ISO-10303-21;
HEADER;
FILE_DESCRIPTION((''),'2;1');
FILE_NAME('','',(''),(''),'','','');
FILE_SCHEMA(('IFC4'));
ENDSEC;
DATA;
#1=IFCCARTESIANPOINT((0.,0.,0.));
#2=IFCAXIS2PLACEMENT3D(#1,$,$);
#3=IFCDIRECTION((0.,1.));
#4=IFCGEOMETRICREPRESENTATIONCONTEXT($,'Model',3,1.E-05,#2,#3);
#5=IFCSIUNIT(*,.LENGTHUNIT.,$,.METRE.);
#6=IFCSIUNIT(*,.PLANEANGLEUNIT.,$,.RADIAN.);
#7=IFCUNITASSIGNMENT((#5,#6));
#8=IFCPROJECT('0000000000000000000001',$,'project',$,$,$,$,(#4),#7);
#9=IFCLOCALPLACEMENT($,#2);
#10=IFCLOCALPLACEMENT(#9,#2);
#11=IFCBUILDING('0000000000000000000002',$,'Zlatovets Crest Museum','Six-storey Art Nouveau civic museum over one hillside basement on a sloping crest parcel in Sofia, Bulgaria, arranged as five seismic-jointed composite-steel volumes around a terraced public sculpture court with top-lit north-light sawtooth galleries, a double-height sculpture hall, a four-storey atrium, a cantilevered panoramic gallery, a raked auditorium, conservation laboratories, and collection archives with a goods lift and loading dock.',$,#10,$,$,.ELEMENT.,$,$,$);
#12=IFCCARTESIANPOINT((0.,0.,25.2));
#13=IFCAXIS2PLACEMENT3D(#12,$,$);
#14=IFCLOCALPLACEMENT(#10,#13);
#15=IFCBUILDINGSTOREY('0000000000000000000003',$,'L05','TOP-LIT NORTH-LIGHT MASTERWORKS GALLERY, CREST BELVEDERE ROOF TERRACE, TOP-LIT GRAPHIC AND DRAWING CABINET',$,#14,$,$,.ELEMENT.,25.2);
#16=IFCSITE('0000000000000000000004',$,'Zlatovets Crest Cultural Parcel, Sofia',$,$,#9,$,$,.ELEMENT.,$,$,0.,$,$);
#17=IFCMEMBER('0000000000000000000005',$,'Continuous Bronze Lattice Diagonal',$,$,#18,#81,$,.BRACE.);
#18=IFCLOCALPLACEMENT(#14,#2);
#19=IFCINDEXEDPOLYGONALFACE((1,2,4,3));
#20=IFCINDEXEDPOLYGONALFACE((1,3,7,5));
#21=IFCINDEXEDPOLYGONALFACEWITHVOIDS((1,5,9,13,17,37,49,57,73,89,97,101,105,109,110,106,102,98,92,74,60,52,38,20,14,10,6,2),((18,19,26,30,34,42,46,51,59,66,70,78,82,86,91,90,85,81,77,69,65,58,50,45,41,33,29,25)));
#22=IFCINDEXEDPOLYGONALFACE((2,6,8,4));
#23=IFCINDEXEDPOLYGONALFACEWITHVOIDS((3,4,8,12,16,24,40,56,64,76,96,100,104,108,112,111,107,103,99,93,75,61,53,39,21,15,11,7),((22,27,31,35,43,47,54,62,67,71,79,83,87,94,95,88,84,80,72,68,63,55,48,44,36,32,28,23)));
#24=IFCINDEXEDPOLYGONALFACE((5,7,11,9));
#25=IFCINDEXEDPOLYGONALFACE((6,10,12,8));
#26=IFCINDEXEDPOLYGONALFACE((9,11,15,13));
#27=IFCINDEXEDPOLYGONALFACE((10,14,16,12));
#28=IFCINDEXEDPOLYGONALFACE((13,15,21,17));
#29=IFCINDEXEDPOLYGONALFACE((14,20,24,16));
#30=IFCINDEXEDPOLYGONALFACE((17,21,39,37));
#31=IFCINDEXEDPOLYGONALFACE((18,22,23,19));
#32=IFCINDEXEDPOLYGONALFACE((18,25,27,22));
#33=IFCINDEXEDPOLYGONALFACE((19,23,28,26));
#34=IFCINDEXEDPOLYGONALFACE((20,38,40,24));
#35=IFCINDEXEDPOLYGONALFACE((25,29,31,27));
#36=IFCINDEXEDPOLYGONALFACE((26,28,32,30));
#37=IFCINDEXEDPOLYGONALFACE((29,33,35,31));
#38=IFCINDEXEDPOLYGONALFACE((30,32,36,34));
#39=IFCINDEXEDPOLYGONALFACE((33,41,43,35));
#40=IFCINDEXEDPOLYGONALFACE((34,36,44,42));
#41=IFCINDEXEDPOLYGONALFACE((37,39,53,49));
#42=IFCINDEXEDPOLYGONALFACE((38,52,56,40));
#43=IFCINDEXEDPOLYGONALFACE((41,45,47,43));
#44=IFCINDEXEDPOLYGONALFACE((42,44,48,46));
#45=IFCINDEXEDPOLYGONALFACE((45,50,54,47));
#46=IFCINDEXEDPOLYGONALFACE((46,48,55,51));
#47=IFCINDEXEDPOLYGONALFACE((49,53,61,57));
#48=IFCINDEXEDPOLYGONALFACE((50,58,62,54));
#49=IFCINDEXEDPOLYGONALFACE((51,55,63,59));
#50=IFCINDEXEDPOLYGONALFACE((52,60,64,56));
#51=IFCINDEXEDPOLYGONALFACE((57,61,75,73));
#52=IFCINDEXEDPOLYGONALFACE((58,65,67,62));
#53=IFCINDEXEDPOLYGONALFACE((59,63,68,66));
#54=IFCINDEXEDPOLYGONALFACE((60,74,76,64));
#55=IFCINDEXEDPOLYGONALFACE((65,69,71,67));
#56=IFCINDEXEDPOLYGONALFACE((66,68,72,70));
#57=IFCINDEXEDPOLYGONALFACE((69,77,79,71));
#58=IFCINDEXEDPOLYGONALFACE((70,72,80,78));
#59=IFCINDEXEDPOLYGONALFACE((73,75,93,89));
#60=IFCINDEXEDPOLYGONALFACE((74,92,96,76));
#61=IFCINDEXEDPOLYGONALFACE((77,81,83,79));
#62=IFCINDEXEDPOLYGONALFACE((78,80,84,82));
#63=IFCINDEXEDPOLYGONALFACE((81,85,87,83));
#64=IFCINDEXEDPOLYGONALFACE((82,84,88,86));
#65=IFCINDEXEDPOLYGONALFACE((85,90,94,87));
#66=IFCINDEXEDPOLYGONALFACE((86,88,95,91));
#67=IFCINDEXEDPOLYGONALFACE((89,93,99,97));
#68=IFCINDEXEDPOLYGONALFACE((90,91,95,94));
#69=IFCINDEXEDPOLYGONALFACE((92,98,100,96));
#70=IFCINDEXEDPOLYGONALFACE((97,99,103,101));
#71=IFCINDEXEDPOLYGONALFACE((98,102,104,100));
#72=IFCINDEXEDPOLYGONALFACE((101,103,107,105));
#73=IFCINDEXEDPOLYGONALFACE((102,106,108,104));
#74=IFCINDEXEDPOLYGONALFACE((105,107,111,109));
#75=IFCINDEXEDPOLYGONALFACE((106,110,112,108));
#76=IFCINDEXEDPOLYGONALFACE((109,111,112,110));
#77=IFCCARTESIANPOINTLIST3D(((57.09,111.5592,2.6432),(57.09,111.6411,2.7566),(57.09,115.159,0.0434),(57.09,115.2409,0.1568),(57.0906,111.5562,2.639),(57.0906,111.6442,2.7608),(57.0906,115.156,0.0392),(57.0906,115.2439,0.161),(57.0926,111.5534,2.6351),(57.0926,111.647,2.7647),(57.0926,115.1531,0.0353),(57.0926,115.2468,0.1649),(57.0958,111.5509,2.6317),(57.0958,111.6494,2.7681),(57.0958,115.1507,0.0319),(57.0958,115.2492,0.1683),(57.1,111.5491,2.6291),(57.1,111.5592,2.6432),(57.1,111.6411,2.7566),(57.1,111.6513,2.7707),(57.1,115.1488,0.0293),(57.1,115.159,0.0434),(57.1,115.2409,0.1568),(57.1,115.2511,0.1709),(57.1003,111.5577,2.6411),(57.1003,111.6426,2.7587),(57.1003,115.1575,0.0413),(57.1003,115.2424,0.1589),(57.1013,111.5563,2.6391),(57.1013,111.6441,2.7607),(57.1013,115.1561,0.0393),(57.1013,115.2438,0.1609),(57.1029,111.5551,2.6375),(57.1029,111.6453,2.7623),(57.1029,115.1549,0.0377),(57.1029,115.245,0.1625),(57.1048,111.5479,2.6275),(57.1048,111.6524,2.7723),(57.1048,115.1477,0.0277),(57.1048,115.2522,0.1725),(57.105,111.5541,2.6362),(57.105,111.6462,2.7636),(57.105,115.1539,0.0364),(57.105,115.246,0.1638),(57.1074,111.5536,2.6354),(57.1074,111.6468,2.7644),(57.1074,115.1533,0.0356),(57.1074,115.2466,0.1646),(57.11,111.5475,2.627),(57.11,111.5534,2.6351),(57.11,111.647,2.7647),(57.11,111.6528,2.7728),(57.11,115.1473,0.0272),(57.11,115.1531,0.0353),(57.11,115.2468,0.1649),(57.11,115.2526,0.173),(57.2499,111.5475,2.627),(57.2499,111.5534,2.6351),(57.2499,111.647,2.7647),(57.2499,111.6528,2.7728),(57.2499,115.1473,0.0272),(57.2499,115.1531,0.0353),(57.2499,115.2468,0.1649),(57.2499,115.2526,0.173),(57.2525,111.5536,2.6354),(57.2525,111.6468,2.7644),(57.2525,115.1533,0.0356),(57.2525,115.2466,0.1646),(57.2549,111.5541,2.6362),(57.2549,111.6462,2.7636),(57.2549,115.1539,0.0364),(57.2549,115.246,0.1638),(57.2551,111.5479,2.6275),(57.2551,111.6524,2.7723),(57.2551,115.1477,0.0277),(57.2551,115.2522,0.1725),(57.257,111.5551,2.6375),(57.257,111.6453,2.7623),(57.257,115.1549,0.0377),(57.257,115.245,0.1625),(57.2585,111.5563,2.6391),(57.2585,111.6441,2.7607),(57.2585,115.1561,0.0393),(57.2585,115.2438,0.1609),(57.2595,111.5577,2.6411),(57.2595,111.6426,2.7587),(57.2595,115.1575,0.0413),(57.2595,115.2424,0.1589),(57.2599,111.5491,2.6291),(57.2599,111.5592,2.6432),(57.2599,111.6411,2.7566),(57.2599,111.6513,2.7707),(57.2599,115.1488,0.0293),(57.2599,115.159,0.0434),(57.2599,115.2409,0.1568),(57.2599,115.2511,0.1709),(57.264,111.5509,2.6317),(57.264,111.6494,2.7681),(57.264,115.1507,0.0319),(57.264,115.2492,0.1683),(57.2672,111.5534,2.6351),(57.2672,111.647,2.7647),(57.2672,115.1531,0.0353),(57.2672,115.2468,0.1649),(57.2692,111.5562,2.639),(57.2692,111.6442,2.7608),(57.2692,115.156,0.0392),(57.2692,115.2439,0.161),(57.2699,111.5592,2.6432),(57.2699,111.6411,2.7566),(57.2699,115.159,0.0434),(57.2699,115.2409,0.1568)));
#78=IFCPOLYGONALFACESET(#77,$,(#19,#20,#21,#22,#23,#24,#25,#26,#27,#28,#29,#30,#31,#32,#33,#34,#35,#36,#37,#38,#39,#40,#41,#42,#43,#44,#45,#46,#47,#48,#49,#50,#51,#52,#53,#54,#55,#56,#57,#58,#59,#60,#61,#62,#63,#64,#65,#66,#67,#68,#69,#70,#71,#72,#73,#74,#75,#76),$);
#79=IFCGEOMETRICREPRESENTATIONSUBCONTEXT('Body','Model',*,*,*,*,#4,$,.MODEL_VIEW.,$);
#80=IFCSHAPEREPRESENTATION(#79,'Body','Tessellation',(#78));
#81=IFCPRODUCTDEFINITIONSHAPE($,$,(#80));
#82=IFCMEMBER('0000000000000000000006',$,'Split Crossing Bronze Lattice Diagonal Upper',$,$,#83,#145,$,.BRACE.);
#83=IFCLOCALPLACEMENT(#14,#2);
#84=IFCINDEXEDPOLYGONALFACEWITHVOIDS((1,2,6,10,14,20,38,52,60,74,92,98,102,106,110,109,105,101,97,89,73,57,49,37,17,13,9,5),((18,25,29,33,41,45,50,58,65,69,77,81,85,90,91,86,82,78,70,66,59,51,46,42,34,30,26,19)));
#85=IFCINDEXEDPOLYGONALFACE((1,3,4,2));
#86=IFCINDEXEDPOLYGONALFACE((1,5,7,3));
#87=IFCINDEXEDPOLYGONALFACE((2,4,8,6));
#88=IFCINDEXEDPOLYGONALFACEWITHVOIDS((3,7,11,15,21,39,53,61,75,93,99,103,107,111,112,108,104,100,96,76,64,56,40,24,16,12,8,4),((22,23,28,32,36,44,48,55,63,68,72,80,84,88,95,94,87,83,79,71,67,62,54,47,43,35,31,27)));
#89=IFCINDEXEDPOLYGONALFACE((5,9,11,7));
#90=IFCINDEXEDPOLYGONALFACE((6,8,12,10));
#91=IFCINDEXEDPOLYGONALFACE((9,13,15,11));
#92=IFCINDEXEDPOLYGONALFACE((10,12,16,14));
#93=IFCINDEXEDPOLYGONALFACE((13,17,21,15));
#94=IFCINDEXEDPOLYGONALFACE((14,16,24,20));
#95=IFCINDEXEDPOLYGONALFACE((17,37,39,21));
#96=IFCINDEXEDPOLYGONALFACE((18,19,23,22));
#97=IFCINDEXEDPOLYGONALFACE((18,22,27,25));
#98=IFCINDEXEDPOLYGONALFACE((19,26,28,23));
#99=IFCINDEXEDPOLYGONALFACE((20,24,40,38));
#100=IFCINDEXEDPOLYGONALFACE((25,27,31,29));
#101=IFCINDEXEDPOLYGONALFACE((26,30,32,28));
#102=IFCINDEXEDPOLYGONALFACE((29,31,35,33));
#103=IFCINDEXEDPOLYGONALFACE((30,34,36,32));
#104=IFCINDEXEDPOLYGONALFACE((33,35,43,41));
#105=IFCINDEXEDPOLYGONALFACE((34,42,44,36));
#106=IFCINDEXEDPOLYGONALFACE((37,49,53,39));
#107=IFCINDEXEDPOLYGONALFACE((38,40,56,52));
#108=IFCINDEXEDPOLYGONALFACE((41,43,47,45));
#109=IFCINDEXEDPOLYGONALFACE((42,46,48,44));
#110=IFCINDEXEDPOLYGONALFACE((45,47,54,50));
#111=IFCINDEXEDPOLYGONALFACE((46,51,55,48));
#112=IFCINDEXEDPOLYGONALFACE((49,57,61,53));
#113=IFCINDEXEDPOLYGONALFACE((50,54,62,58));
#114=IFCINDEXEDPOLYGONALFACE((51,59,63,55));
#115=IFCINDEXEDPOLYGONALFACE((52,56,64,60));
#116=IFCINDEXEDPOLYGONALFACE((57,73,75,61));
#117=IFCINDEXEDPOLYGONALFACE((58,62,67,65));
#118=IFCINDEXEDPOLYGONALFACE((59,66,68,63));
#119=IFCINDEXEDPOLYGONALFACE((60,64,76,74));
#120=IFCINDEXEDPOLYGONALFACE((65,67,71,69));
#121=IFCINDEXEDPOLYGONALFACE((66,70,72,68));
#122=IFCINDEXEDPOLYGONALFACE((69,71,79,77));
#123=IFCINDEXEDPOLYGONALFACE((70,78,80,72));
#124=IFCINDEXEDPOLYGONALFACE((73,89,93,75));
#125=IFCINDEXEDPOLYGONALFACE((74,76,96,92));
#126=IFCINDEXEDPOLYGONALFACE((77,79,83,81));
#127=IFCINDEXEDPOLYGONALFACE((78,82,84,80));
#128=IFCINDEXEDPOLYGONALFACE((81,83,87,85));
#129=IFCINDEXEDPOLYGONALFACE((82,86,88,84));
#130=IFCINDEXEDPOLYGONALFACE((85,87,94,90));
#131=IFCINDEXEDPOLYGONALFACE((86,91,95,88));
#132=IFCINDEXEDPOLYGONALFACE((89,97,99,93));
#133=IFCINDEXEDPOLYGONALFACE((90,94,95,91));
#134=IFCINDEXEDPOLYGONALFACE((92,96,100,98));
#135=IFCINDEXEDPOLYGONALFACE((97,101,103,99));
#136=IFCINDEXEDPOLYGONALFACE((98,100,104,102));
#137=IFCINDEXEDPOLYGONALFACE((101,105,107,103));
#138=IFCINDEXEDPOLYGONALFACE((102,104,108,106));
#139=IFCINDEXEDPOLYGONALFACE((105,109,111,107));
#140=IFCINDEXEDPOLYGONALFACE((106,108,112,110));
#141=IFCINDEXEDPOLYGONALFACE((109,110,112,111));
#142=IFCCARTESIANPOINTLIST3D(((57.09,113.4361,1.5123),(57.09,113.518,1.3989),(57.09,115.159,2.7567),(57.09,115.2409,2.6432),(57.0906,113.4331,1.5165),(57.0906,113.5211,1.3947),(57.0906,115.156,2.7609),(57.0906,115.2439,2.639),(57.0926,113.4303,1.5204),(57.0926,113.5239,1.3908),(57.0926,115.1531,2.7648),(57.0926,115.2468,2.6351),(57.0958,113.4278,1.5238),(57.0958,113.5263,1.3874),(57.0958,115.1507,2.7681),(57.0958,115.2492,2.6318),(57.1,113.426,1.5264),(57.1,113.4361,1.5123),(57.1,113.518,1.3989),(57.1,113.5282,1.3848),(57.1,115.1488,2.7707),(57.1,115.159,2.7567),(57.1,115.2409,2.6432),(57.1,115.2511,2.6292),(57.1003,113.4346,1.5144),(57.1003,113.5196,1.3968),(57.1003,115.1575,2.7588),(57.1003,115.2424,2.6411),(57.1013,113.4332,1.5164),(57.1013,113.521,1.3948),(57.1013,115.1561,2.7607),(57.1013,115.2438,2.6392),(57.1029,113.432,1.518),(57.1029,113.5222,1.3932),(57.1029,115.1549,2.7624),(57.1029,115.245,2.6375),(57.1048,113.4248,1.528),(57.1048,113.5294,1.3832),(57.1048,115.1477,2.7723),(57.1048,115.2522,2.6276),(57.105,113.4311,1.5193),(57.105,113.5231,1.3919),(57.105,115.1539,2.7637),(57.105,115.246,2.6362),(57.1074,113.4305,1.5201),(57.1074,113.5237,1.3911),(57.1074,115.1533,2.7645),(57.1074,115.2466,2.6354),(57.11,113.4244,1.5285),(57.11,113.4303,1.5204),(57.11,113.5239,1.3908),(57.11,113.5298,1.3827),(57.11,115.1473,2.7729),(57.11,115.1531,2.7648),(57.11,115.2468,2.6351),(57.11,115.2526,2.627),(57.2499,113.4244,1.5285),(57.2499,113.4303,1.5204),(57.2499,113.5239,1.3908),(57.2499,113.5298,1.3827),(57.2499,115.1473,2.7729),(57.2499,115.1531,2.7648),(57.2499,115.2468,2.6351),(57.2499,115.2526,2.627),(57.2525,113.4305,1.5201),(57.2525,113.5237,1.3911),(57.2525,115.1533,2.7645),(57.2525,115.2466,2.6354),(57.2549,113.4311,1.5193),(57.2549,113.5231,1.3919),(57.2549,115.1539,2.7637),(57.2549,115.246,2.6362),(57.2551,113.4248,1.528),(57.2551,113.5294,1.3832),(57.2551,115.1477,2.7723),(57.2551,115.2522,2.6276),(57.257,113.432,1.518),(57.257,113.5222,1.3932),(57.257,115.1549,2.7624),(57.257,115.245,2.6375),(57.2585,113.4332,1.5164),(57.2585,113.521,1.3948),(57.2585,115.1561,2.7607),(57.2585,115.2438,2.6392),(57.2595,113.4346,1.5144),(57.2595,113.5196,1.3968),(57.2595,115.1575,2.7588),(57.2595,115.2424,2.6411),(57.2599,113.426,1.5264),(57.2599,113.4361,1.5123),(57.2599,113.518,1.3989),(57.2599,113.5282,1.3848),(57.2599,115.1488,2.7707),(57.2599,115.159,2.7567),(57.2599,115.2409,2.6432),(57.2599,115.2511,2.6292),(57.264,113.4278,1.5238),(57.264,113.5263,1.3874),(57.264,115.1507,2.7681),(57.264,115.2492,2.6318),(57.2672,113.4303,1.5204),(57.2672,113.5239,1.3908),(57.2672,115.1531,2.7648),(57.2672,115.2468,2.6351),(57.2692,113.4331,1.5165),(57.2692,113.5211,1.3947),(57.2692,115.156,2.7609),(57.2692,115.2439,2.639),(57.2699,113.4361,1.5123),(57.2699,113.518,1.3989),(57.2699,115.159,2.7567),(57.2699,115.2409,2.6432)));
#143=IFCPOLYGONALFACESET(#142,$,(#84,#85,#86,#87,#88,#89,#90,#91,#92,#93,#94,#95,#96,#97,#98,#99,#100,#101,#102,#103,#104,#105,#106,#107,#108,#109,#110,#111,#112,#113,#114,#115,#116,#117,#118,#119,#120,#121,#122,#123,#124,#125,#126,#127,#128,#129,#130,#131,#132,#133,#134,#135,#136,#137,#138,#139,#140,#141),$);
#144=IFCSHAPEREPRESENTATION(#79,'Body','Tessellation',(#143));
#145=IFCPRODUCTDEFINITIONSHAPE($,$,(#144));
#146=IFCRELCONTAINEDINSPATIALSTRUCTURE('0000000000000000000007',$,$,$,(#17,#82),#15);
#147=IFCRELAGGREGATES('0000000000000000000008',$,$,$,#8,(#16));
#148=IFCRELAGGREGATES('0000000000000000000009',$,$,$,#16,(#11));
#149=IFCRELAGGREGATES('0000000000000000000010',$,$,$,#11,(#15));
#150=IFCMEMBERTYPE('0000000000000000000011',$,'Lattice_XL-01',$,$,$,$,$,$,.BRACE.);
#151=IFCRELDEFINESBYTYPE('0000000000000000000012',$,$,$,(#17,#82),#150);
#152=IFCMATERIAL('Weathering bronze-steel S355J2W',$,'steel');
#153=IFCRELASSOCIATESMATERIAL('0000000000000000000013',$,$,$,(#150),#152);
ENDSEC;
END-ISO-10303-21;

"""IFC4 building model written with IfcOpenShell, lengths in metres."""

from ifc_helpers import new_model, si_unit, direction, frame, origin, origin_2d, place, context, subcontext, project, spatial, hollow_rectangle, extrude, material, material_profile, profile_set, type_object, element, save


model = new_model("IFC4")

# Units and contexts
model_context = context("Model", 3, precision=1e-05, world=origin(), true_north=direction((0.0, 1.0)))
body_context = subcontext(model_context, "Body", "Model", "MODEL_VIEW")
ifc_project = project(units=[si_unit("LENGTHUNIT", "METRE"), si_unit("PLANEANGLEUNIT", "RADIAN")], contexts=[model_context])

# Site, building, storey
site_placement = place(None, origin())
site = spatial("IfcSite", under=ifc_project, at=site_placement, Name="Zlatovets Crest Cultural Parcel, Sofia", CompositionType="ELEMENT", RefElevation=0.0)
building_placement = place(site_placement, origin())
building = spatial("IfcBuilding", under=site, at=building_placement, Name="Zlatovets Crest Museum", Description="Six-storey Art Nouveau civic museum over one hillside basement on a sloping crest parcel in Sofia, Bulgaria, arranged as five seismic-jointed composite-steel volumes around a terraced public sculpture court with top-lit north-light sawtooth galleries, a double-height sculpture hall, a four-storey atrium, a cantilevered panoramic gallery, a raked auditorium, conservation laboratories, and collection archives with a goods lift and loading dock.", CompositionType="ELEMENT")
storey_placement = place(building_placement, frame((0.0, 0.0, 25.2)))
storey = spatial("IfcBuildingStorey", under=building, at=storey_placement, Name="L05", Description="TOP-LIT NORTH-LIGHT MASTERWORKS GALLERY, CREST BELVEDERE ROOF TERRACE, TOP-LIT GRAPHIC AND DRAWING CABINET", CompositionType="ELEMENT", Elevation=25.2)

# Members
ifc_material_1 = material(Name="Weathering bronze-steel S355J2W", Category="steel")
ifc_material_profile_1 = material_profile(ifc_material_1, hollow_rectangle(XDim=0.1799, YDim=0.1799, WallThickness=0.01, InnerFilletRadius=0.01, OuterFilletRadius=0.02, at=origin_2d()), Name="SHS 180x180x10.0")
ifc_profile_set_1 = profile_set([ifc_material_profile_1], Name="Weathering bronze-steel S355J2W")
member_type_1 = type_object("IfcMemberType", Name="Lattice_XL-01", PredefinedType="BRACE", material=ifc_profile_set_1)
member_1_placement = place(storey_placement, frame((57.1799, 115.2, 0.1001), z_axis=(0.0, -0.810684, 0.585485), x_axis=(1.0, 0.0, 0.0)))
element("IfcMember", 1, at=member_1_placement, inside=storey, type_object=member_type_1, Name="Continuous Bronze Lattice Diagonal", PredefinedType="BRACE", context=body_context, shape_type="SweptSolid", body=[
    extrude(hollow_rectangle(XDim=0.1799, YDim=0.1799, WallThickness=0.01, InnerFilletRadius=0.01, OuterFilletRadius=0.02, at=origin_2d()), origin(), (0.0, 0.0, 1.0), 4.4404),
])
for number, where, z_axis, x_axis, name in (
    (2, (57.1799, 115.2, 2.7), (0.0, -0.810664, -0.585512), (1.0, 0.0, 0.0), "Split Crossing Bronze Lattice Diagonal Upper"),
):
    element("IfcMember", number, at=place(storey_placement, frame(where, z_axis=z_axis, x_axis=x_axis)), inside=storey, type_object=member_type_1, Name=name, PredefinedType="BRACE", context=body_context, shape_type="SweptSolid", body=[
        extrude(hollow_rectangle(XDim=0.1799, YDim=0.1799, WallThickness=0.01, InnerFilletRadius=0.01, OuterFilletRadius=0.02, at=origin_2d()), origin(), (0.0, 0.0, 1.0), 2.1252),
    ])

save(model, "model.ifc")
